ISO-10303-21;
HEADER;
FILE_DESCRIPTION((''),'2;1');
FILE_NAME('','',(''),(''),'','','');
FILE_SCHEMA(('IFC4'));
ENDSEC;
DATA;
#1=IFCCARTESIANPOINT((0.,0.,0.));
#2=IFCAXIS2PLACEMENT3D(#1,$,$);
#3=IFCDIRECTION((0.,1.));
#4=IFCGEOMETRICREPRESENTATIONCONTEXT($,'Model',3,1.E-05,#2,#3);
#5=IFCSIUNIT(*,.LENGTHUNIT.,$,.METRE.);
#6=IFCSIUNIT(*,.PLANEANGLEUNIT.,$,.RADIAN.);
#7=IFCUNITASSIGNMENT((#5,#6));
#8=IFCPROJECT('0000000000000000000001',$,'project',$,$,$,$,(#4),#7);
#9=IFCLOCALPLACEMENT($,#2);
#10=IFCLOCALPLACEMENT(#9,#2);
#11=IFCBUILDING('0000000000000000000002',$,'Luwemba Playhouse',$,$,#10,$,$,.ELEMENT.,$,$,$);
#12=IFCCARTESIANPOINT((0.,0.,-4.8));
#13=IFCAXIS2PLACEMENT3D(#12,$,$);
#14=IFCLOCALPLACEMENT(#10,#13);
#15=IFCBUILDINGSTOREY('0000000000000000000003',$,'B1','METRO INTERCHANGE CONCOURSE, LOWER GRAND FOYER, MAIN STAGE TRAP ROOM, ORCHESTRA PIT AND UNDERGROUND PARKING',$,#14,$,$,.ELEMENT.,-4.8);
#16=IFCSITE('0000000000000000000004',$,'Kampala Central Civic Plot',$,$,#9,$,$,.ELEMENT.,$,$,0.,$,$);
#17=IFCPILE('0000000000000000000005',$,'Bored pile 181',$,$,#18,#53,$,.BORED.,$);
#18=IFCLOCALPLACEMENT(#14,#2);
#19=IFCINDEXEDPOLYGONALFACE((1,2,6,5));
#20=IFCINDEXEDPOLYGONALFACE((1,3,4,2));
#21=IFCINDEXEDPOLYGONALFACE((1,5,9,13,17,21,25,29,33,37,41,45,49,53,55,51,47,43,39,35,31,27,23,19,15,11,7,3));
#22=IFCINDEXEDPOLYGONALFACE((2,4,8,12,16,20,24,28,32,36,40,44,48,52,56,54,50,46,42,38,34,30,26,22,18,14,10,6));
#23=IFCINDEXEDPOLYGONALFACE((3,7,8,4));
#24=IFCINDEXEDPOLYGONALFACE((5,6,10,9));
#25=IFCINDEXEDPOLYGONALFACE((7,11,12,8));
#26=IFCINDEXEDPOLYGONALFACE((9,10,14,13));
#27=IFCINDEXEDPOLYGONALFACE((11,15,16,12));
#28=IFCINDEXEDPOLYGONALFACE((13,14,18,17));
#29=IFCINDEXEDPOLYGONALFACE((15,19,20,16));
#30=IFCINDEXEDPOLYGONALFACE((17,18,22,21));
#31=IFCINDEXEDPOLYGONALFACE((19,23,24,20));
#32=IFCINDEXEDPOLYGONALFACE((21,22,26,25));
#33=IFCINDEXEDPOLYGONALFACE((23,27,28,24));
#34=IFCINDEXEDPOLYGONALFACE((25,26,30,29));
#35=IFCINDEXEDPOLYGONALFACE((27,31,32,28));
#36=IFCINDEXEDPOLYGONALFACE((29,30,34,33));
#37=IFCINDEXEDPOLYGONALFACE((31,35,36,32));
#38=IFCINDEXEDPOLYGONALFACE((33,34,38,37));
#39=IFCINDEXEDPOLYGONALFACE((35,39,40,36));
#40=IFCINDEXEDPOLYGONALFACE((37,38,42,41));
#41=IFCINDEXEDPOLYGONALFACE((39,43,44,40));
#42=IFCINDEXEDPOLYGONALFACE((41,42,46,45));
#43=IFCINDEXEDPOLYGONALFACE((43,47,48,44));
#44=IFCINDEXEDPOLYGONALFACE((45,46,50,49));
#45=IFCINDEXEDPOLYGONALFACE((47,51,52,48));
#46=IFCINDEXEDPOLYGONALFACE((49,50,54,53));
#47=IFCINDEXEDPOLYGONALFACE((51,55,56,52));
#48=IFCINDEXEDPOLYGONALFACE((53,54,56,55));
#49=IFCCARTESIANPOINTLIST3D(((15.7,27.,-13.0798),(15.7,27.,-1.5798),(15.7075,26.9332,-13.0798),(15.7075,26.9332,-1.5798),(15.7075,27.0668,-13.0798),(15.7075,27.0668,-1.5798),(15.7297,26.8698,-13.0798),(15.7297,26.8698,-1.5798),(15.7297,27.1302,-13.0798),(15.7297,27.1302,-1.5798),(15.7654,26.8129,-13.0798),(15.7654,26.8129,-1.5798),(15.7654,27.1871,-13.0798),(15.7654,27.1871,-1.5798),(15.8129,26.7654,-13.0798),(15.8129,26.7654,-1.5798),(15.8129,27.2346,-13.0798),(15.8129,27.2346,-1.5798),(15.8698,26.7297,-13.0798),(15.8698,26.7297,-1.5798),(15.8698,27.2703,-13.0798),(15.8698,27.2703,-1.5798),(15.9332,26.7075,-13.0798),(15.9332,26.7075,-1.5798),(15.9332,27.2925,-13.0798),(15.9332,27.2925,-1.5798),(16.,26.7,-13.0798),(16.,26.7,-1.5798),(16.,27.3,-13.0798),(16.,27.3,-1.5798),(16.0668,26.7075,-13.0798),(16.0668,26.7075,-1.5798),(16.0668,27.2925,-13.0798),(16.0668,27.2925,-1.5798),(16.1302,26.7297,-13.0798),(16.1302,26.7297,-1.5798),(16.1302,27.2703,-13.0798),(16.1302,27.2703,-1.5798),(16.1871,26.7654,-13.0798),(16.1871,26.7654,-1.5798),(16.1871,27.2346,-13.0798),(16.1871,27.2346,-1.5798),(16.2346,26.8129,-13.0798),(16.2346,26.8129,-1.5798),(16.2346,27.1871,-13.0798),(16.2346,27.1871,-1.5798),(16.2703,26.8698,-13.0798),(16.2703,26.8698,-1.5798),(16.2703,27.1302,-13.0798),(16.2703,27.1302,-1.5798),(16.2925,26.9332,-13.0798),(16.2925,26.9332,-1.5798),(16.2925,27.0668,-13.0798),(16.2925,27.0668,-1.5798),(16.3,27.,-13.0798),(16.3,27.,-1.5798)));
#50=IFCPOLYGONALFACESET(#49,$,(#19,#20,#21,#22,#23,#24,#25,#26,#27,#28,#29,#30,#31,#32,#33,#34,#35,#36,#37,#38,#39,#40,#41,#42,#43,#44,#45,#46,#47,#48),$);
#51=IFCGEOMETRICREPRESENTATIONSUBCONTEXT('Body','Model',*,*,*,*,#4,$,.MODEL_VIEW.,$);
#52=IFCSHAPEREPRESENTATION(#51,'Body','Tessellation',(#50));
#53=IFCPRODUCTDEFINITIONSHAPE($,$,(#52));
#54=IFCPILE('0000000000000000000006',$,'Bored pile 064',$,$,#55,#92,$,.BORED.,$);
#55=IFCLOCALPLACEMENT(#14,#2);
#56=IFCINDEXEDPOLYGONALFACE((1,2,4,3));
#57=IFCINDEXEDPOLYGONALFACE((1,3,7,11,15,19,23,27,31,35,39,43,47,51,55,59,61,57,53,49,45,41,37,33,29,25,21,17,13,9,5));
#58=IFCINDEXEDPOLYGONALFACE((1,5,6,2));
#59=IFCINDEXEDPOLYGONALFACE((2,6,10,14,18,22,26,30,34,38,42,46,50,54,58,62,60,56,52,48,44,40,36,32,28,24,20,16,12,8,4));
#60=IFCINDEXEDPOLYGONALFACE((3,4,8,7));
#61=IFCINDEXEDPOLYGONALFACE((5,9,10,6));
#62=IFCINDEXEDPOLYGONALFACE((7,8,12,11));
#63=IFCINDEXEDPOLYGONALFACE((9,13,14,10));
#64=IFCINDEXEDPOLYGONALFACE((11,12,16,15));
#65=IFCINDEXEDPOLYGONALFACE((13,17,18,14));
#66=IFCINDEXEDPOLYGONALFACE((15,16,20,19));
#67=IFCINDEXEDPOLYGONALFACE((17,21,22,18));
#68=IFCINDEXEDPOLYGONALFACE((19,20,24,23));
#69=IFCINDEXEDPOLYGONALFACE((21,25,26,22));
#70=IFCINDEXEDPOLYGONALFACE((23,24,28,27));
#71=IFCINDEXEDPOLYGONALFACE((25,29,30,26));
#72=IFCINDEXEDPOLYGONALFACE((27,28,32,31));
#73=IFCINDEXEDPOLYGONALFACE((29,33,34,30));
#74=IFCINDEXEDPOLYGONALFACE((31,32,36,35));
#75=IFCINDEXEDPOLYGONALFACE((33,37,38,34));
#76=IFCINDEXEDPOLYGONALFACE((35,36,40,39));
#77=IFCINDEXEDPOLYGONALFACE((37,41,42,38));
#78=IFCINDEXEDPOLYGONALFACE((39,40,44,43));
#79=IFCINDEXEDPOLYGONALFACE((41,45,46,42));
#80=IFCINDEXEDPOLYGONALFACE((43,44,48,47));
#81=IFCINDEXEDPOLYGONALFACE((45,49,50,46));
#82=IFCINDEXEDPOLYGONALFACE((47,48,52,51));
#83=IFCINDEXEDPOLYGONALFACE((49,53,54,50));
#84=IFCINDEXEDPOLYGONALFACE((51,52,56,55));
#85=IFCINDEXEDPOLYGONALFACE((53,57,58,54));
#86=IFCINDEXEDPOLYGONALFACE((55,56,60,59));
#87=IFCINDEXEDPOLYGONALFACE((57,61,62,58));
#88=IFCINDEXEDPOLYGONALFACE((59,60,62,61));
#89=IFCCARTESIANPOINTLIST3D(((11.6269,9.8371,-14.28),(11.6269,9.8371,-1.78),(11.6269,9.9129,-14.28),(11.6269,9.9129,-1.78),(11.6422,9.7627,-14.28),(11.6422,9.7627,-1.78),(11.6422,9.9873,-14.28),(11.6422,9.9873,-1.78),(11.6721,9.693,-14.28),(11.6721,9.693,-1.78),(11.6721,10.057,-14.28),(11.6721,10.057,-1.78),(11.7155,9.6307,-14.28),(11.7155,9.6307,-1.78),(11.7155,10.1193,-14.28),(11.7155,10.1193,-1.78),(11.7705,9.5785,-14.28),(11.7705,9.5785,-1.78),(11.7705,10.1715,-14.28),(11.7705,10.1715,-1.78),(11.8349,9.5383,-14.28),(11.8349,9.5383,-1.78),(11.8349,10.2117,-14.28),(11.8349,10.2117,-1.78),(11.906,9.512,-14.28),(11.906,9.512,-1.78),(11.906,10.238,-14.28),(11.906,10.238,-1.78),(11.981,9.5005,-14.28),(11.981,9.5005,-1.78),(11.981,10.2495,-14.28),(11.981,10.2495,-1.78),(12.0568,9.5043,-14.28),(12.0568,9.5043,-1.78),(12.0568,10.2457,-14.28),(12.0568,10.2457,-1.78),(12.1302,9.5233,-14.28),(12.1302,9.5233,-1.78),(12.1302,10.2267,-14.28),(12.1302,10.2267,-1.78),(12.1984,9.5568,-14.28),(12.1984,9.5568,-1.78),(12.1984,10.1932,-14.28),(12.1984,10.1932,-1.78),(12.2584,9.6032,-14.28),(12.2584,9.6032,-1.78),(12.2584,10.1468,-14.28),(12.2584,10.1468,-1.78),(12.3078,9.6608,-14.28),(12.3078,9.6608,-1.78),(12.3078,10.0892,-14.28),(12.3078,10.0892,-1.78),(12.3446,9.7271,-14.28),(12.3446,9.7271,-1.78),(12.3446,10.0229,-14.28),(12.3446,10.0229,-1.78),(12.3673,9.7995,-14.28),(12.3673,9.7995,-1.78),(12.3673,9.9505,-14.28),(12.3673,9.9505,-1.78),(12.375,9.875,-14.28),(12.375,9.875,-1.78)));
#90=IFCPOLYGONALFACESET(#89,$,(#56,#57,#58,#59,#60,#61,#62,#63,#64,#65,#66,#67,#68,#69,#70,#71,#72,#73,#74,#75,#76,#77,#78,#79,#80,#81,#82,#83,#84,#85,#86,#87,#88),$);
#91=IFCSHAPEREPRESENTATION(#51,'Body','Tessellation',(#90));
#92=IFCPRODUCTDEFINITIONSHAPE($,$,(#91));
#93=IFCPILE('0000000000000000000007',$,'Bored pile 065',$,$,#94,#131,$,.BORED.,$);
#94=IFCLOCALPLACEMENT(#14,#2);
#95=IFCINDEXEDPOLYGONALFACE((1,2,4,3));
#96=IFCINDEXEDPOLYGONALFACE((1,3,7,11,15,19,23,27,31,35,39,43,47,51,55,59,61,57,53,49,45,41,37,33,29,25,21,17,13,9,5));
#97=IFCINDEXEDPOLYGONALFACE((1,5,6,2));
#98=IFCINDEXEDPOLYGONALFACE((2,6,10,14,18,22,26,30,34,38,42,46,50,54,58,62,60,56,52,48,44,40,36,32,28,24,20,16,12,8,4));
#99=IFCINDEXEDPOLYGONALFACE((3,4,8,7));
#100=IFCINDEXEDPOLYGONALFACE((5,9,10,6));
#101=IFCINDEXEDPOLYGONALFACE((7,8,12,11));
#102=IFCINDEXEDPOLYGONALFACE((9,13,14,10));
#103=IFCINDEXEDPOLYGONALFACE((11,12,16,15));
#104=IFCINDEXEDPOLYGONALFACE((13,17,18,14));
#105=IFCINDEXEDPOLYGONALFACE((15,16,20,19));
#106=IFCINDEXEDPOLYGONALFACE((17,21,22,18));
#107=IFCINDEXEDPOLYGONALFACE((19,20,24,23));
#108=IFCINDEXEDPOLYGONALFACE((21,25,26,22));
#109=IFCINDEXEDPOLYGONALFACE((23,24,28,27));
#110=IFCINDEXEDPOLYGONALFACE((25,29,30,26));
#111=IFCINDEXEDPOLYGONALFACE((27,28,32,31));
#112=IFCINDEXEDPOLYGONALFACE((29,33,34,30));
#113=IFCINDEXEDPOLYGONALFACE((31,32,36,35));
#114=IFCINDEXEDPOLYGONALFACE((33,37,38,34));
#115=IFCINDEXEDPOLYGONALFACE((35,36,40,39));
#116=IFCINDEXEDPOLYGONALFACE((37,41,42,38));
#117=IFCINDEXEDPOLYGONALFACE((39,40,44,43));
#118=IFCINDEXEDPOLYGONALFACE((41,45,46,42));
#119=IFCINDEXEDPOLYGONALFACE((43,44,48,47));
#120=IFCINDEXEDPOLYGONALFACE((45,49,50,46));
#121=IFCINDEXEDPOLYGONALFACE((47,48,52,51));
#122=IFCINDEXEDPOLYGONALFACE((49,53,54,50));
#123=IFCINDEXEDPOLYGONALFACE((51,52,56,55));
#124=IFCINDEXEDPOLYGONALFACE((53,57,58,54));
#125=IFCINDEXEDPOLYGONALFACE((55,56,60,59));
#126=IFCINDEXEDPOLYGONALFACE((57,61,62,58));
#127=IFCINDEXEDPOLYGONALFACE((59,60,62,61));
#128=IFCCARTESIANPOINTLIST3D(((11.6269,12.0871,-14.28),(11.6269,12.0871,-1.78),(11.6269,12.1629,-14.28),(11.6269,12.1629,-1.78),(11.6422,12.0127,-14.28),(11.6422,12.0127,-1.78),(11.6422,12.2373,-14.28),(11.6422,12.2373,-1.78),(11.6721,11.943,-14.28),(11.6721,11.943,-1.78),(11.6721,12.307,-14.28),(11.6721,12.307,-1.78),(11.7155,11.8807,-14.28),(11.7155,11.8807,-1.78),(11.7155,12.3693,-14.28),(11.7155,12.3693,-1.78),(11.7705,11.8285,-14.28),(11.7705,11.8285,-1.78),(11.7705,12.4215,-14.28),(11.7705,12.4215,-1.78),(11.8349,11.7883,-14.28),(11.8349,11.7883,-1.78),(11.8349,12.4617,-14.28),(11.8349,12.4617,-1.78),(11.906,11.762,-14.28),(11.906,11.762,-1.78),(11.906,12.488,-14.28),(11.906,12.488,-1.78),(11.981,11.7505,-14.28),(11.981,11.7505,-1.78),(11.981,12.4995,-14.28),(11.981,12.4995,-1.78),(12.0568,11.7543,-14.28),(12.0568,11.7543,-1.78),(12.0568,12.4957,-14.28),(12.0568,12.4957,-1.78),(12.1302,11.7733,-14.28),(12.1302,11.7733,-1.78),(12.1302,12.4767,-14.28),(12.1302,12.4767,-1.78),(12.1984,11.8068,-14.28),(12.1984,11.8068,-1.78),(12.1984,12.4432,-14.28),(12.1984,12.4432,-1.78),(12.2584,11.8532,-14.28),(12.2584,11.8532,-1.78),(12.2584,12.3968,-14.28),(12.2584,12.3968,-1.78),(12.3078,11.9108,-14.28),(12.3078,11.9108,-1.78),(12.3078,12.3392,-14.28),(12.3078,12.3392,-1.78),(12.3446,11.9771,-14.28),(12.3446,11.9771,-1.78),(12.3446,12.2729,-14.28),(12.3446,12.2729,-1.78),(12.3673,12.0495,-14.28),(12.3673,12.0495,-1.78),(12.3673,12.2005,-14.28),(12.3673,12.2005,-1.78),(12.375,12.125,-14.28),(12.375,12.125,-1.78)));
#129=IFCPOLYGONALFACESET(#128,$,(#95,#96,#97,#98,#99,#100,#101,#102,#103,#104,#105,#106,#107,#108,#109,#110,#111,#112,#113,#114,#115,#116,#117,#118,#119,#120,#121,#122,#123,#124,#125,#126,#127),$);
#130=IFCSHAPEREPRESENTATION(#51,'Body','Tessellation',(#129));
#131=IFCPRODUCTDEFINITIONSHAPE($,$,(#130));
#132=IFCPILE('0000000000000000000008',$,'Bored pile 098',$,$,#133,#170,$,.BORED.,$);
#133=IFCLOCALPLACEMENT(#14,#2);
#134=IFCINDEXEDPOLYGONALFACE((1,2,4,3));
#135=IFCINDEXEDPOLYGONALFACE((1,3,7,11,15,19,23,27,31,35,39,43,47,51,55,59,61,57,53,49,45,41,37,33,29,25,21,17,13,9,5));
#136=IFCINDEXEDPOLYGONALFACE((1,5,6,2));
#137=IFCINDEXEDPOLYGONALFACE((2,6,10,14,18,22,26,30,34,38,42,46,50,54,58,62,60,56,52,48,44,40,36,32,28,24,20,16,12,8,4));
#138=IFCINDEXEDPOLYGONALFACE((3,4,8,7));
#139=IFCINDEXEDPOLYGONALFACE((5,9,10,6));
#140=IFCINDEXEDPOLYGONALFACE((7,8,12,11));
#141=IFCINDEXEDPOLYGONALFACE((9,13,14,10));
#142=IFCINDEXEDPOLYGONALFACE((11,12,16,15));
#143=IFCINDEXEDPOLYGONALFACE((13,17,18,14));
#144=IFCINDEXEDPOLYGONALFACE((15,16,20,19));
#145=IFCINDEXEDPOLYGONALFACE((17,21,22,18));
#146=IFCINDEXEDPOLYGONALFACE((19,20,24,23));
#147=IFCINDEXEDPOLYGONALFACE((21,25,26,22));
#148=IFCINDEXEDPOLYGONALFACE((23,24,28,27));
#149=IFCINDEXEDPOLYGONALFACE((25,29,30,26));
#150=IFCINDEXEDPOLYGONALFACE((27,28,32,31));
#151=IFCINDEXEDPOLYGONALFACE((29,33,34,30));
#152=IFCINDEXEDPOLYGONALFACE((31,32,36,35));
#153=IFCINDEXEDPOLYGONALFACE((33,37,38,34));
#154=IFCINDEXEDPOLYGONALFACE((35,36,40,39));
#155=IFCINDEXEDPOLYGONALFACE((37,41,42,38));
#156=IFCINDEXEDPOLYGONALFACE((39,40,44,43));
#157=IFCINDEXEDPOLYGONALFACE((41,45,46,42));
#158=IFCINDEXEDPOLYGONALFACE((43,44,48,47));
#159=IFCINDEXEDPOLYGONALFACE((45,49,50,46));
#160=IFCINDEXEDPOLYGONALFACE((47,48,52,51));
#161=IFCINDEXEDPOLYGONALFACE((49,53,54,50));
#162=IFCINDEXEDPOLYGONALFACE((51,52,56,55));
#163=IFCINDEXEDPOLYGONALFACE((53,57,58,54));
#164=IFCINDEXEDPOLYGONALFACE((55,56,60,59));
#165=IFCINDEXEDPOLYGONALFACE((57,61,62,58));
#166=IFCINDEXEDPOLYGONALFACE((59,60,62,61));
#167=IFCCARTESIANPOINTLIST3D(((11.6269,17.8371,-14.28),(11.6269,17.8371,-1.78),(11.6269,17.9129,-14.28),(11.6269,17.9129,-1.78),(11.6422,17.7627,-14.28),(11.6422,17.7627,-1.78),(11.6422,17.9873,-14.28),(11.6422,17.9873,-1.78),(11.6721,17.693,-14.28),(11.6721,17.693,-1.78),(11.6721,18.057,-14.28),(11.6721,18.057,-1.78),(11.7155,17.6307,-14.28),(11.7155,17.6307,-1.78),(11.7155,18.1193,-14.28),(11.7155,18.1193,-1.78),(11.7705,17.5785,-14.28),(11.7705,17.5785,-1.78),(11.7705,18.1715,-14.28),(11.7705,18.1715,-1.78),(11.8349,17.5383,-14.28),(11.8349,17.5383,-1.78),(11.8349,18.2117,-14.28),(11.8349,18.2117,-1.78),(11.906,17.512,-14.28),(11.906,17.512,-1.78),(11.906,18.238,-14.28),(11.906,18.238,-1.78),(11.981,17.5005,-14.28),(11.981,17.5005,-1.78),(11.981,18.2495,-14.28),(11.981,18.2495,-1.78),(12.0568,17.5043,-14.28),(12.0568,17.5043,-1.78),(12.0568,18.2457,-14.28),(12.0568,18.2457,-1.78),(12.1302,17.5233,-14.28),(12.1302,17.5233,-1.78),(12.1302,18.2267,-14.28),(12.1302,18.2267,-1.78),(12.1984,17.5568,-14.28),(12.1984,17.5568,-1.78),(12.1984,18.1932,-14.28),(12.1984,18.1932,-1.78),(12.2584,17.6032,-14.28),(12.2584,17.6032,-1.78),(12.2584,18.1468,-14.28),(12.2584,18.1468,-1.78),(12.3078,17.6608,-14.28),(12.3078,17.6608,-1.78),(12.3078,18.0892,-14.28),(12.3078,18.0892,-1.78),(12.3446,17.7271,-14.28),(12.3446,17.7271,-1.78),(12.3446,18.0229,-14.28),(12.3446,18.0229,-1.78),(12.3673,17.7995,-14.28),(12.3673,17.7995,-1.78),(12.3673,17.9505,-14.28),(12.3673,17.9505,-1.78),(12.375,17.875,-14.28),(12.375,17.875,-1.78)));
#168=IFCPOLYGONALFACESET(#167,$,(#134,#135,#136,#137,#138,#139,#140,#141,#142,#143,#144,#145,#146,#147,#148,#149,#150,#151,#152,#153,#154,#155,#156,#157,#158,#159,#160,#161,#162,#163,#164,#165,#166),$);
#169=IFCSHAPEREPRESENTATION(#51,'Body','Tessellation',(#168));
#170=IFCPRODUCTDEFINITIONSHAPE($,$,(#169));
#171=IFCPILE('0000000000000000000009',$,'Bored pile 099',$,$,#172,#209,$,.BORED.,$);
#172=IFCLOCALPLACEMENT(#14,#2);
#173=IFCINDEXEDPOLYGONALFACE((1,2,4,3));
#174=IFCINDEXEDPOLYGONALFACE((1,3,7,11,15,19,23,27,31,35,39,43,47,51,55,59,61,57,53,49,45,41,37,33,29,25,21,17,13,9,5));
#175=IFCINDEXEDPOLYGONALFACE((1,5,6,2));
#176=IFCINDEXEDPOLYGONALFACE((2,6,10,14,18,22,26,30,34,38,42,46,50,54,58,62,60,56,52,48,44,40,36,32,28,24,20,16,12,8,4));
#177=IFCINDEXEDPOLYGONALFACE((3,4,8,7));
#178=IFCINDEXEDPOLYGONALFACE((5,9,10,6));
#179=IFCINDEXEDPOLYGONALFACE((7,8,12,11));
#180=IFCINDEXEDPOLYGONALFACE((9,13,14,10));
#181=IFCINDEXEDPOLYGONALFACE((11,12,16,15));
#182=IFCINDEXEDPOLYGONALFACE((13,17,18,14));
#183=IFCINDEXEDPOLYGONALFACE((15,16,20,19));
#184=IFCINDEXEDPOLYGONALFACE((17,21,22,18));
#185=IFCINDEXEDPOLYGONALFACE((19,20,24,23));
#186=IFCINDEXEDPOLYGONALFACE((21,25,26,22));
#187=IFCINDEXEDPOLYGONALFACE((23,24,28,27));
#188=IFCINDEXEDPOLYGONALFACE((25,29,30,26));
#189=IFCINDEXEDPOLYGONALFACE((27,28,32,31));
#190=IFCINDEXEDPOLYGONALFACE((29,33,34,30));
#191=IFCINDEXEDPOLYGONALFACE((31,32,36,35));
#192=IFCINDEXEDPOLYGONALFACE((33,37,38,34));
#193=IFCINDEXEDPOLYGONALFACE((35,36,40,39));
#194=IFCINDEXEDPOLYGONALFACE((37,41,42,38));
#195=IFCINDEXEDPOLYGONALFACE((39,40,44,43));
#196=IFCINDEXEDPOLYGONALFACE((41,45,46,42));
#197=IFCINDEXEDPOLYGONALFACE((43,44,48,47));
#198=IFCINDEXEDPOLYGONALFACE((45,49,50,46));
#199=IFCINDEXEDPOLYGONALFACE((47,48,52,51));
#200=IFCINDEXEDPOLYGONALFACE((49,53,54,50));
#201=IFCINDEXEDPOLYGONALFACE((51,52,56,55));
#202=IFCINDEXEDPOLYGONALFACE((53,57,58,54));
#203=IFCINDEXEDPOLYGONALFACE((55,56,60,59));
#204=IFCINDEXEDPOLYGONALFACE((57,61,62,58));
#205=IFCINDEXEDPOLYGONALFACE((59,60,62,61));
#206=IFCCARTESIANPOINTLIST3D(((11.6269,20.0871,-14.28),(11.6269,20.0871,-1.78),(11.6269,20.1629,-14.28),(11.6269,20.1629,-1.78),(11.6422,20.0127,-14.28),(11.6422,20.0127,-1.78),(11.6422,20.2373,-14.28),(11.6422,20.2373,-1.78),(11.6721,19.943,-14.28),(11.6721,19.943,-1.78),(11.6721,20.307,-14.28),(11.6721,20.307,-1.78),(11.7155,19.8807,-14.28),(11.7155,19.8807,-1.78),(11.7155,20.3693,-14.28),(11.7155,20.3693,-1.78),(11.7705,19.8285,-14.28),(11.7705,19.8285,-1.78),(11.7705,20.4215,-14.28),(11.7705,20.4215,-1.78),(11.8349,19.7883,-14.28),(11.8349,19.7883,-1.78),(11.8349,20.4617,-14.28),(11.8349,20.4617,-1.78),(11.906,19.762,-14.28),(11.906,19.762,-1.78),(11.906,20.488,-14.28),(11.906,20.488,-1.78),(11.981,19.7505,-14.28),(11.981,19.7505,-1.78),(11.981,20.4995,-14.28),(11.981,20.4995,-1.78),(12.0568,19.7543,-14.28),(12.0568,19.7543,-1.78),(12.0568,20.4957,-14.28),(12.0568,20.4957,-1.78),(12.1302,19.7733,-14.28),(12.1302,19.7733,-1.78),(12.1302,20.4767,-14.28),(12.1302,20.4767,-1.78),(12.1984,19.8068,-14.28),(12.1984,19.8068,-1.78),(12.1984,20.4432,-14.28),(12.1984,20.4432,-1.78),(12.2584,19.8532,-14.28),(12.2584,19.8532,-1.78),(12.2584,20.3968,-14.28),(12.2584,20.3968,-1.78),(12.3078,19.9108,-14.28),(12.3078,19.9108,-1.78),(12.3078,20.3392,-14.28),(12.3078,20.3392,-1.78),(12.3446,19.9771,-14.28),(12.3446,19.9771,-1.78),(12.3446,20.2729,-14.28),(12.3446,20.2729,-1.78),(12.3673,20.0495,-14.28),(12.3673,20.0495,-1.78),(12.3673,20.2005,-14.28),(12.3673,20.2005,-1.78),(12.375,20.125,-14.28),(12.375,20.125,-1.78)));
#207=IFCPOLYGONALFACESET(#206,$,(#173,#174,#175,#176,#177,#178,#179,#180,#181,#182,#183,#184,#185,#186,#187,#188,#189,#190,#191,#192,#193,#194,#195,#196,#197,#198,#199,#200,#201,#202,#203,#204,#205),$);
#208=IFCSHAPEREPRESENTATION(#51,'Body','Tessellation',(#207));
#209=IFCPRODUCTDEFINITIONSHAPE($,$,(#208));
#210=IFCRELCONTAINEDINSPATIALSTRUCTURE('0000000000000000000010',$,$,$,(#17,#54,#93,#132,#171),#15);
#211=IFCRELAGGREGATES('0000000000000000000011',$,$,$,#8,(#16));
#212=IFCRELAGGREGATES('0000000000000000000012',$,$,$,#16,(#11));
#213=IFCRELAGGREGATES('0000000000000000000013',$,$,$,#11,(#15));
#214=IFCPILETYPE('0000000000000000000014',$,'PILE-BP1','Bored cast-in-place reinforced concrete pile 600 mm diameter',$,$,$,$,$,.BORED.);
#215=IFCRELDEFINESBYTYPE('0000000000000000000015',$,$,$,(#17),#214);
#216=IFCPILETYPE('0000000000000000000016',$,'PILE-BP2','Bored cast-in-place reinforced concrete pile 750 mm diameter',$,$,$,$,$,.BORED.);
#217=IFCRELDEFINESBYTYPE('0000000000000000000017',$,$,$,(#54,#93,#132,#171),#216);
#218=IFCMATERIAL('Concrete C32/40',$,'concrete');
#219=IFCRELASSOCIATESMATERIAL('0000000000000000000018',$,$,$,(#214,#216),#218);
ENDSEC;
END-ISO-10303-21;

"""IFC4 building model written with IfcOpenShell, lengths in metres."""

from ifc_helpers import new_model, si_unit, direction, frame, origin, origin_2d, place, context, subcontext, project, spatial, circle, extrude, material, material_profile, profile_set, type_object, element, save


model = new_model("IFC4")

# Units and contexts
model_context = context("Model", 3, precision=1e-05, world=origin(), true_north=direction((0.0, 1.0)))
body_context = subcontext(model_context, "Body", "Model", "MODEL_VIEW")
ifc_project = project(units=[si_unit("LENGTHUNIT", "METRE"), si_unit("PLANEANGLEUNIT", "RADIAN")], contexts=[model_context])

# Site, building, storey
site_placement = place(None, origin())
site = spatial("IfcSite", under=ifc_project, at=site_placement, Name="Kampala Central Civic Plot", CompositionType="ELEMENT", RefElevation=0.0)
building_placement = place(site_placement, origin())
building = spatial("IfcBuilding", under=site, at=building_placement, Name="Luwemba Playhouse", CompositionType="ELEMENT")
storey_placement = place(building_placement, frame((0.0, 0.0, -4.8)))
storey = spatial("IfcBuildingStorey", under=building, at=storey_placement, Name="B1", Description="METRO INTERCHANGE CONCOURSE, LOWER GRAND FOYER, MAIN STAGE TRAP ROOM, ORCHESTRA PIT AND UNDERGROUND PARKING", CompositionType="ELEMENT", Elevation=-4.8)

# Shared definitions
ifc_material_1 = material(Name="Concrete C32/40", Category="concrete")

# Piles
ifc_material_profile_1 = material_profile(ifc_material_1, circle(Radius=0.3, at=origin_2d()))
ifc_profile_set_1 = profile_set([ifc_material_profile_1], Name="Concrete C32/40")
pile_type_1 = type_object("IfcPileType", Name="PILE-BP1", Description="Bored cast-in-place reinforced concrete pile 600 mm diameter", PredefinedType="BORED", material=ifc_profile_set_1)
for number, where, z_axis, x_axis, name in (
    (1, (16.0, 27.0, -1.5798), (0.0, 0.0, -1.0), (1.0, 0.0, 0.0), "Bored pile 181"),
):
    element("IfcPile", number, at=place(storey_placement, frame(where, z_axis=z_axis, x_axis=x_axis)), inside=storey, type_object=pile_type_1, Name=name, PredefinedType="BORED", context=body_context, shape_type="SweptSolid", body=[
        extrude(circle(Radius=0.3, at=origin_2d()), origin(), (0.0, 0.0, 1.0), 11.5),
    ])
ifc_material_profile_2 = material_profile(ifc_material_1, circle(Radius=0.375, at=origin_2d()))
ifc_profile_set_2 = profile_set([ifc_material_profile_2], Name="Concrete C32/40")
pile_type_2 = type_object("IfcPileType", Name="PILE-BP2", Description="Bored cast-in-place reinforced concrete pile 750 mm diameter", PredefinedType="BORED", material=ifc_profile_set_2)
for number, where, z_axis, x_axis, name in (
    (2, (12.0, 9.875, -1.78), (0.0, 0.0, -1.0), (1.0, 0.0, 0.0), "Bored pile 064"),
    (3, (12.0, 12.125, -1.78), (0.0, 0.0, -1.0), (1.0, 0.0, 0.0), "Bored pile 065"),
    (4, (12.0, 17.875, -1.78), (0.0, 0.0, -1.0), (1.0, 0.0, 0.0), "Bored pile 098"),
    (5, (12.0, 20.125, -1.78), (0.0, 0.0, -1.0), (1.0, 0.0, 0.0), "Bored pile 099"),
):
    element("IfcPile", number, at=place(storey_placement, frame(where, z_axis=z_axis, x_axis=x_axis)), inside=storey, type_object=pile_type_2, Name=name, PredefinedType="BORED", context=body_context, shape_type="SweptSolid", body=[
        extrude(circle(Radius=0.375, at=origin_2d()), origin(), (0.0, 0.0, 1.0), 12.5),
    ])

save(model, "model.ifc")
